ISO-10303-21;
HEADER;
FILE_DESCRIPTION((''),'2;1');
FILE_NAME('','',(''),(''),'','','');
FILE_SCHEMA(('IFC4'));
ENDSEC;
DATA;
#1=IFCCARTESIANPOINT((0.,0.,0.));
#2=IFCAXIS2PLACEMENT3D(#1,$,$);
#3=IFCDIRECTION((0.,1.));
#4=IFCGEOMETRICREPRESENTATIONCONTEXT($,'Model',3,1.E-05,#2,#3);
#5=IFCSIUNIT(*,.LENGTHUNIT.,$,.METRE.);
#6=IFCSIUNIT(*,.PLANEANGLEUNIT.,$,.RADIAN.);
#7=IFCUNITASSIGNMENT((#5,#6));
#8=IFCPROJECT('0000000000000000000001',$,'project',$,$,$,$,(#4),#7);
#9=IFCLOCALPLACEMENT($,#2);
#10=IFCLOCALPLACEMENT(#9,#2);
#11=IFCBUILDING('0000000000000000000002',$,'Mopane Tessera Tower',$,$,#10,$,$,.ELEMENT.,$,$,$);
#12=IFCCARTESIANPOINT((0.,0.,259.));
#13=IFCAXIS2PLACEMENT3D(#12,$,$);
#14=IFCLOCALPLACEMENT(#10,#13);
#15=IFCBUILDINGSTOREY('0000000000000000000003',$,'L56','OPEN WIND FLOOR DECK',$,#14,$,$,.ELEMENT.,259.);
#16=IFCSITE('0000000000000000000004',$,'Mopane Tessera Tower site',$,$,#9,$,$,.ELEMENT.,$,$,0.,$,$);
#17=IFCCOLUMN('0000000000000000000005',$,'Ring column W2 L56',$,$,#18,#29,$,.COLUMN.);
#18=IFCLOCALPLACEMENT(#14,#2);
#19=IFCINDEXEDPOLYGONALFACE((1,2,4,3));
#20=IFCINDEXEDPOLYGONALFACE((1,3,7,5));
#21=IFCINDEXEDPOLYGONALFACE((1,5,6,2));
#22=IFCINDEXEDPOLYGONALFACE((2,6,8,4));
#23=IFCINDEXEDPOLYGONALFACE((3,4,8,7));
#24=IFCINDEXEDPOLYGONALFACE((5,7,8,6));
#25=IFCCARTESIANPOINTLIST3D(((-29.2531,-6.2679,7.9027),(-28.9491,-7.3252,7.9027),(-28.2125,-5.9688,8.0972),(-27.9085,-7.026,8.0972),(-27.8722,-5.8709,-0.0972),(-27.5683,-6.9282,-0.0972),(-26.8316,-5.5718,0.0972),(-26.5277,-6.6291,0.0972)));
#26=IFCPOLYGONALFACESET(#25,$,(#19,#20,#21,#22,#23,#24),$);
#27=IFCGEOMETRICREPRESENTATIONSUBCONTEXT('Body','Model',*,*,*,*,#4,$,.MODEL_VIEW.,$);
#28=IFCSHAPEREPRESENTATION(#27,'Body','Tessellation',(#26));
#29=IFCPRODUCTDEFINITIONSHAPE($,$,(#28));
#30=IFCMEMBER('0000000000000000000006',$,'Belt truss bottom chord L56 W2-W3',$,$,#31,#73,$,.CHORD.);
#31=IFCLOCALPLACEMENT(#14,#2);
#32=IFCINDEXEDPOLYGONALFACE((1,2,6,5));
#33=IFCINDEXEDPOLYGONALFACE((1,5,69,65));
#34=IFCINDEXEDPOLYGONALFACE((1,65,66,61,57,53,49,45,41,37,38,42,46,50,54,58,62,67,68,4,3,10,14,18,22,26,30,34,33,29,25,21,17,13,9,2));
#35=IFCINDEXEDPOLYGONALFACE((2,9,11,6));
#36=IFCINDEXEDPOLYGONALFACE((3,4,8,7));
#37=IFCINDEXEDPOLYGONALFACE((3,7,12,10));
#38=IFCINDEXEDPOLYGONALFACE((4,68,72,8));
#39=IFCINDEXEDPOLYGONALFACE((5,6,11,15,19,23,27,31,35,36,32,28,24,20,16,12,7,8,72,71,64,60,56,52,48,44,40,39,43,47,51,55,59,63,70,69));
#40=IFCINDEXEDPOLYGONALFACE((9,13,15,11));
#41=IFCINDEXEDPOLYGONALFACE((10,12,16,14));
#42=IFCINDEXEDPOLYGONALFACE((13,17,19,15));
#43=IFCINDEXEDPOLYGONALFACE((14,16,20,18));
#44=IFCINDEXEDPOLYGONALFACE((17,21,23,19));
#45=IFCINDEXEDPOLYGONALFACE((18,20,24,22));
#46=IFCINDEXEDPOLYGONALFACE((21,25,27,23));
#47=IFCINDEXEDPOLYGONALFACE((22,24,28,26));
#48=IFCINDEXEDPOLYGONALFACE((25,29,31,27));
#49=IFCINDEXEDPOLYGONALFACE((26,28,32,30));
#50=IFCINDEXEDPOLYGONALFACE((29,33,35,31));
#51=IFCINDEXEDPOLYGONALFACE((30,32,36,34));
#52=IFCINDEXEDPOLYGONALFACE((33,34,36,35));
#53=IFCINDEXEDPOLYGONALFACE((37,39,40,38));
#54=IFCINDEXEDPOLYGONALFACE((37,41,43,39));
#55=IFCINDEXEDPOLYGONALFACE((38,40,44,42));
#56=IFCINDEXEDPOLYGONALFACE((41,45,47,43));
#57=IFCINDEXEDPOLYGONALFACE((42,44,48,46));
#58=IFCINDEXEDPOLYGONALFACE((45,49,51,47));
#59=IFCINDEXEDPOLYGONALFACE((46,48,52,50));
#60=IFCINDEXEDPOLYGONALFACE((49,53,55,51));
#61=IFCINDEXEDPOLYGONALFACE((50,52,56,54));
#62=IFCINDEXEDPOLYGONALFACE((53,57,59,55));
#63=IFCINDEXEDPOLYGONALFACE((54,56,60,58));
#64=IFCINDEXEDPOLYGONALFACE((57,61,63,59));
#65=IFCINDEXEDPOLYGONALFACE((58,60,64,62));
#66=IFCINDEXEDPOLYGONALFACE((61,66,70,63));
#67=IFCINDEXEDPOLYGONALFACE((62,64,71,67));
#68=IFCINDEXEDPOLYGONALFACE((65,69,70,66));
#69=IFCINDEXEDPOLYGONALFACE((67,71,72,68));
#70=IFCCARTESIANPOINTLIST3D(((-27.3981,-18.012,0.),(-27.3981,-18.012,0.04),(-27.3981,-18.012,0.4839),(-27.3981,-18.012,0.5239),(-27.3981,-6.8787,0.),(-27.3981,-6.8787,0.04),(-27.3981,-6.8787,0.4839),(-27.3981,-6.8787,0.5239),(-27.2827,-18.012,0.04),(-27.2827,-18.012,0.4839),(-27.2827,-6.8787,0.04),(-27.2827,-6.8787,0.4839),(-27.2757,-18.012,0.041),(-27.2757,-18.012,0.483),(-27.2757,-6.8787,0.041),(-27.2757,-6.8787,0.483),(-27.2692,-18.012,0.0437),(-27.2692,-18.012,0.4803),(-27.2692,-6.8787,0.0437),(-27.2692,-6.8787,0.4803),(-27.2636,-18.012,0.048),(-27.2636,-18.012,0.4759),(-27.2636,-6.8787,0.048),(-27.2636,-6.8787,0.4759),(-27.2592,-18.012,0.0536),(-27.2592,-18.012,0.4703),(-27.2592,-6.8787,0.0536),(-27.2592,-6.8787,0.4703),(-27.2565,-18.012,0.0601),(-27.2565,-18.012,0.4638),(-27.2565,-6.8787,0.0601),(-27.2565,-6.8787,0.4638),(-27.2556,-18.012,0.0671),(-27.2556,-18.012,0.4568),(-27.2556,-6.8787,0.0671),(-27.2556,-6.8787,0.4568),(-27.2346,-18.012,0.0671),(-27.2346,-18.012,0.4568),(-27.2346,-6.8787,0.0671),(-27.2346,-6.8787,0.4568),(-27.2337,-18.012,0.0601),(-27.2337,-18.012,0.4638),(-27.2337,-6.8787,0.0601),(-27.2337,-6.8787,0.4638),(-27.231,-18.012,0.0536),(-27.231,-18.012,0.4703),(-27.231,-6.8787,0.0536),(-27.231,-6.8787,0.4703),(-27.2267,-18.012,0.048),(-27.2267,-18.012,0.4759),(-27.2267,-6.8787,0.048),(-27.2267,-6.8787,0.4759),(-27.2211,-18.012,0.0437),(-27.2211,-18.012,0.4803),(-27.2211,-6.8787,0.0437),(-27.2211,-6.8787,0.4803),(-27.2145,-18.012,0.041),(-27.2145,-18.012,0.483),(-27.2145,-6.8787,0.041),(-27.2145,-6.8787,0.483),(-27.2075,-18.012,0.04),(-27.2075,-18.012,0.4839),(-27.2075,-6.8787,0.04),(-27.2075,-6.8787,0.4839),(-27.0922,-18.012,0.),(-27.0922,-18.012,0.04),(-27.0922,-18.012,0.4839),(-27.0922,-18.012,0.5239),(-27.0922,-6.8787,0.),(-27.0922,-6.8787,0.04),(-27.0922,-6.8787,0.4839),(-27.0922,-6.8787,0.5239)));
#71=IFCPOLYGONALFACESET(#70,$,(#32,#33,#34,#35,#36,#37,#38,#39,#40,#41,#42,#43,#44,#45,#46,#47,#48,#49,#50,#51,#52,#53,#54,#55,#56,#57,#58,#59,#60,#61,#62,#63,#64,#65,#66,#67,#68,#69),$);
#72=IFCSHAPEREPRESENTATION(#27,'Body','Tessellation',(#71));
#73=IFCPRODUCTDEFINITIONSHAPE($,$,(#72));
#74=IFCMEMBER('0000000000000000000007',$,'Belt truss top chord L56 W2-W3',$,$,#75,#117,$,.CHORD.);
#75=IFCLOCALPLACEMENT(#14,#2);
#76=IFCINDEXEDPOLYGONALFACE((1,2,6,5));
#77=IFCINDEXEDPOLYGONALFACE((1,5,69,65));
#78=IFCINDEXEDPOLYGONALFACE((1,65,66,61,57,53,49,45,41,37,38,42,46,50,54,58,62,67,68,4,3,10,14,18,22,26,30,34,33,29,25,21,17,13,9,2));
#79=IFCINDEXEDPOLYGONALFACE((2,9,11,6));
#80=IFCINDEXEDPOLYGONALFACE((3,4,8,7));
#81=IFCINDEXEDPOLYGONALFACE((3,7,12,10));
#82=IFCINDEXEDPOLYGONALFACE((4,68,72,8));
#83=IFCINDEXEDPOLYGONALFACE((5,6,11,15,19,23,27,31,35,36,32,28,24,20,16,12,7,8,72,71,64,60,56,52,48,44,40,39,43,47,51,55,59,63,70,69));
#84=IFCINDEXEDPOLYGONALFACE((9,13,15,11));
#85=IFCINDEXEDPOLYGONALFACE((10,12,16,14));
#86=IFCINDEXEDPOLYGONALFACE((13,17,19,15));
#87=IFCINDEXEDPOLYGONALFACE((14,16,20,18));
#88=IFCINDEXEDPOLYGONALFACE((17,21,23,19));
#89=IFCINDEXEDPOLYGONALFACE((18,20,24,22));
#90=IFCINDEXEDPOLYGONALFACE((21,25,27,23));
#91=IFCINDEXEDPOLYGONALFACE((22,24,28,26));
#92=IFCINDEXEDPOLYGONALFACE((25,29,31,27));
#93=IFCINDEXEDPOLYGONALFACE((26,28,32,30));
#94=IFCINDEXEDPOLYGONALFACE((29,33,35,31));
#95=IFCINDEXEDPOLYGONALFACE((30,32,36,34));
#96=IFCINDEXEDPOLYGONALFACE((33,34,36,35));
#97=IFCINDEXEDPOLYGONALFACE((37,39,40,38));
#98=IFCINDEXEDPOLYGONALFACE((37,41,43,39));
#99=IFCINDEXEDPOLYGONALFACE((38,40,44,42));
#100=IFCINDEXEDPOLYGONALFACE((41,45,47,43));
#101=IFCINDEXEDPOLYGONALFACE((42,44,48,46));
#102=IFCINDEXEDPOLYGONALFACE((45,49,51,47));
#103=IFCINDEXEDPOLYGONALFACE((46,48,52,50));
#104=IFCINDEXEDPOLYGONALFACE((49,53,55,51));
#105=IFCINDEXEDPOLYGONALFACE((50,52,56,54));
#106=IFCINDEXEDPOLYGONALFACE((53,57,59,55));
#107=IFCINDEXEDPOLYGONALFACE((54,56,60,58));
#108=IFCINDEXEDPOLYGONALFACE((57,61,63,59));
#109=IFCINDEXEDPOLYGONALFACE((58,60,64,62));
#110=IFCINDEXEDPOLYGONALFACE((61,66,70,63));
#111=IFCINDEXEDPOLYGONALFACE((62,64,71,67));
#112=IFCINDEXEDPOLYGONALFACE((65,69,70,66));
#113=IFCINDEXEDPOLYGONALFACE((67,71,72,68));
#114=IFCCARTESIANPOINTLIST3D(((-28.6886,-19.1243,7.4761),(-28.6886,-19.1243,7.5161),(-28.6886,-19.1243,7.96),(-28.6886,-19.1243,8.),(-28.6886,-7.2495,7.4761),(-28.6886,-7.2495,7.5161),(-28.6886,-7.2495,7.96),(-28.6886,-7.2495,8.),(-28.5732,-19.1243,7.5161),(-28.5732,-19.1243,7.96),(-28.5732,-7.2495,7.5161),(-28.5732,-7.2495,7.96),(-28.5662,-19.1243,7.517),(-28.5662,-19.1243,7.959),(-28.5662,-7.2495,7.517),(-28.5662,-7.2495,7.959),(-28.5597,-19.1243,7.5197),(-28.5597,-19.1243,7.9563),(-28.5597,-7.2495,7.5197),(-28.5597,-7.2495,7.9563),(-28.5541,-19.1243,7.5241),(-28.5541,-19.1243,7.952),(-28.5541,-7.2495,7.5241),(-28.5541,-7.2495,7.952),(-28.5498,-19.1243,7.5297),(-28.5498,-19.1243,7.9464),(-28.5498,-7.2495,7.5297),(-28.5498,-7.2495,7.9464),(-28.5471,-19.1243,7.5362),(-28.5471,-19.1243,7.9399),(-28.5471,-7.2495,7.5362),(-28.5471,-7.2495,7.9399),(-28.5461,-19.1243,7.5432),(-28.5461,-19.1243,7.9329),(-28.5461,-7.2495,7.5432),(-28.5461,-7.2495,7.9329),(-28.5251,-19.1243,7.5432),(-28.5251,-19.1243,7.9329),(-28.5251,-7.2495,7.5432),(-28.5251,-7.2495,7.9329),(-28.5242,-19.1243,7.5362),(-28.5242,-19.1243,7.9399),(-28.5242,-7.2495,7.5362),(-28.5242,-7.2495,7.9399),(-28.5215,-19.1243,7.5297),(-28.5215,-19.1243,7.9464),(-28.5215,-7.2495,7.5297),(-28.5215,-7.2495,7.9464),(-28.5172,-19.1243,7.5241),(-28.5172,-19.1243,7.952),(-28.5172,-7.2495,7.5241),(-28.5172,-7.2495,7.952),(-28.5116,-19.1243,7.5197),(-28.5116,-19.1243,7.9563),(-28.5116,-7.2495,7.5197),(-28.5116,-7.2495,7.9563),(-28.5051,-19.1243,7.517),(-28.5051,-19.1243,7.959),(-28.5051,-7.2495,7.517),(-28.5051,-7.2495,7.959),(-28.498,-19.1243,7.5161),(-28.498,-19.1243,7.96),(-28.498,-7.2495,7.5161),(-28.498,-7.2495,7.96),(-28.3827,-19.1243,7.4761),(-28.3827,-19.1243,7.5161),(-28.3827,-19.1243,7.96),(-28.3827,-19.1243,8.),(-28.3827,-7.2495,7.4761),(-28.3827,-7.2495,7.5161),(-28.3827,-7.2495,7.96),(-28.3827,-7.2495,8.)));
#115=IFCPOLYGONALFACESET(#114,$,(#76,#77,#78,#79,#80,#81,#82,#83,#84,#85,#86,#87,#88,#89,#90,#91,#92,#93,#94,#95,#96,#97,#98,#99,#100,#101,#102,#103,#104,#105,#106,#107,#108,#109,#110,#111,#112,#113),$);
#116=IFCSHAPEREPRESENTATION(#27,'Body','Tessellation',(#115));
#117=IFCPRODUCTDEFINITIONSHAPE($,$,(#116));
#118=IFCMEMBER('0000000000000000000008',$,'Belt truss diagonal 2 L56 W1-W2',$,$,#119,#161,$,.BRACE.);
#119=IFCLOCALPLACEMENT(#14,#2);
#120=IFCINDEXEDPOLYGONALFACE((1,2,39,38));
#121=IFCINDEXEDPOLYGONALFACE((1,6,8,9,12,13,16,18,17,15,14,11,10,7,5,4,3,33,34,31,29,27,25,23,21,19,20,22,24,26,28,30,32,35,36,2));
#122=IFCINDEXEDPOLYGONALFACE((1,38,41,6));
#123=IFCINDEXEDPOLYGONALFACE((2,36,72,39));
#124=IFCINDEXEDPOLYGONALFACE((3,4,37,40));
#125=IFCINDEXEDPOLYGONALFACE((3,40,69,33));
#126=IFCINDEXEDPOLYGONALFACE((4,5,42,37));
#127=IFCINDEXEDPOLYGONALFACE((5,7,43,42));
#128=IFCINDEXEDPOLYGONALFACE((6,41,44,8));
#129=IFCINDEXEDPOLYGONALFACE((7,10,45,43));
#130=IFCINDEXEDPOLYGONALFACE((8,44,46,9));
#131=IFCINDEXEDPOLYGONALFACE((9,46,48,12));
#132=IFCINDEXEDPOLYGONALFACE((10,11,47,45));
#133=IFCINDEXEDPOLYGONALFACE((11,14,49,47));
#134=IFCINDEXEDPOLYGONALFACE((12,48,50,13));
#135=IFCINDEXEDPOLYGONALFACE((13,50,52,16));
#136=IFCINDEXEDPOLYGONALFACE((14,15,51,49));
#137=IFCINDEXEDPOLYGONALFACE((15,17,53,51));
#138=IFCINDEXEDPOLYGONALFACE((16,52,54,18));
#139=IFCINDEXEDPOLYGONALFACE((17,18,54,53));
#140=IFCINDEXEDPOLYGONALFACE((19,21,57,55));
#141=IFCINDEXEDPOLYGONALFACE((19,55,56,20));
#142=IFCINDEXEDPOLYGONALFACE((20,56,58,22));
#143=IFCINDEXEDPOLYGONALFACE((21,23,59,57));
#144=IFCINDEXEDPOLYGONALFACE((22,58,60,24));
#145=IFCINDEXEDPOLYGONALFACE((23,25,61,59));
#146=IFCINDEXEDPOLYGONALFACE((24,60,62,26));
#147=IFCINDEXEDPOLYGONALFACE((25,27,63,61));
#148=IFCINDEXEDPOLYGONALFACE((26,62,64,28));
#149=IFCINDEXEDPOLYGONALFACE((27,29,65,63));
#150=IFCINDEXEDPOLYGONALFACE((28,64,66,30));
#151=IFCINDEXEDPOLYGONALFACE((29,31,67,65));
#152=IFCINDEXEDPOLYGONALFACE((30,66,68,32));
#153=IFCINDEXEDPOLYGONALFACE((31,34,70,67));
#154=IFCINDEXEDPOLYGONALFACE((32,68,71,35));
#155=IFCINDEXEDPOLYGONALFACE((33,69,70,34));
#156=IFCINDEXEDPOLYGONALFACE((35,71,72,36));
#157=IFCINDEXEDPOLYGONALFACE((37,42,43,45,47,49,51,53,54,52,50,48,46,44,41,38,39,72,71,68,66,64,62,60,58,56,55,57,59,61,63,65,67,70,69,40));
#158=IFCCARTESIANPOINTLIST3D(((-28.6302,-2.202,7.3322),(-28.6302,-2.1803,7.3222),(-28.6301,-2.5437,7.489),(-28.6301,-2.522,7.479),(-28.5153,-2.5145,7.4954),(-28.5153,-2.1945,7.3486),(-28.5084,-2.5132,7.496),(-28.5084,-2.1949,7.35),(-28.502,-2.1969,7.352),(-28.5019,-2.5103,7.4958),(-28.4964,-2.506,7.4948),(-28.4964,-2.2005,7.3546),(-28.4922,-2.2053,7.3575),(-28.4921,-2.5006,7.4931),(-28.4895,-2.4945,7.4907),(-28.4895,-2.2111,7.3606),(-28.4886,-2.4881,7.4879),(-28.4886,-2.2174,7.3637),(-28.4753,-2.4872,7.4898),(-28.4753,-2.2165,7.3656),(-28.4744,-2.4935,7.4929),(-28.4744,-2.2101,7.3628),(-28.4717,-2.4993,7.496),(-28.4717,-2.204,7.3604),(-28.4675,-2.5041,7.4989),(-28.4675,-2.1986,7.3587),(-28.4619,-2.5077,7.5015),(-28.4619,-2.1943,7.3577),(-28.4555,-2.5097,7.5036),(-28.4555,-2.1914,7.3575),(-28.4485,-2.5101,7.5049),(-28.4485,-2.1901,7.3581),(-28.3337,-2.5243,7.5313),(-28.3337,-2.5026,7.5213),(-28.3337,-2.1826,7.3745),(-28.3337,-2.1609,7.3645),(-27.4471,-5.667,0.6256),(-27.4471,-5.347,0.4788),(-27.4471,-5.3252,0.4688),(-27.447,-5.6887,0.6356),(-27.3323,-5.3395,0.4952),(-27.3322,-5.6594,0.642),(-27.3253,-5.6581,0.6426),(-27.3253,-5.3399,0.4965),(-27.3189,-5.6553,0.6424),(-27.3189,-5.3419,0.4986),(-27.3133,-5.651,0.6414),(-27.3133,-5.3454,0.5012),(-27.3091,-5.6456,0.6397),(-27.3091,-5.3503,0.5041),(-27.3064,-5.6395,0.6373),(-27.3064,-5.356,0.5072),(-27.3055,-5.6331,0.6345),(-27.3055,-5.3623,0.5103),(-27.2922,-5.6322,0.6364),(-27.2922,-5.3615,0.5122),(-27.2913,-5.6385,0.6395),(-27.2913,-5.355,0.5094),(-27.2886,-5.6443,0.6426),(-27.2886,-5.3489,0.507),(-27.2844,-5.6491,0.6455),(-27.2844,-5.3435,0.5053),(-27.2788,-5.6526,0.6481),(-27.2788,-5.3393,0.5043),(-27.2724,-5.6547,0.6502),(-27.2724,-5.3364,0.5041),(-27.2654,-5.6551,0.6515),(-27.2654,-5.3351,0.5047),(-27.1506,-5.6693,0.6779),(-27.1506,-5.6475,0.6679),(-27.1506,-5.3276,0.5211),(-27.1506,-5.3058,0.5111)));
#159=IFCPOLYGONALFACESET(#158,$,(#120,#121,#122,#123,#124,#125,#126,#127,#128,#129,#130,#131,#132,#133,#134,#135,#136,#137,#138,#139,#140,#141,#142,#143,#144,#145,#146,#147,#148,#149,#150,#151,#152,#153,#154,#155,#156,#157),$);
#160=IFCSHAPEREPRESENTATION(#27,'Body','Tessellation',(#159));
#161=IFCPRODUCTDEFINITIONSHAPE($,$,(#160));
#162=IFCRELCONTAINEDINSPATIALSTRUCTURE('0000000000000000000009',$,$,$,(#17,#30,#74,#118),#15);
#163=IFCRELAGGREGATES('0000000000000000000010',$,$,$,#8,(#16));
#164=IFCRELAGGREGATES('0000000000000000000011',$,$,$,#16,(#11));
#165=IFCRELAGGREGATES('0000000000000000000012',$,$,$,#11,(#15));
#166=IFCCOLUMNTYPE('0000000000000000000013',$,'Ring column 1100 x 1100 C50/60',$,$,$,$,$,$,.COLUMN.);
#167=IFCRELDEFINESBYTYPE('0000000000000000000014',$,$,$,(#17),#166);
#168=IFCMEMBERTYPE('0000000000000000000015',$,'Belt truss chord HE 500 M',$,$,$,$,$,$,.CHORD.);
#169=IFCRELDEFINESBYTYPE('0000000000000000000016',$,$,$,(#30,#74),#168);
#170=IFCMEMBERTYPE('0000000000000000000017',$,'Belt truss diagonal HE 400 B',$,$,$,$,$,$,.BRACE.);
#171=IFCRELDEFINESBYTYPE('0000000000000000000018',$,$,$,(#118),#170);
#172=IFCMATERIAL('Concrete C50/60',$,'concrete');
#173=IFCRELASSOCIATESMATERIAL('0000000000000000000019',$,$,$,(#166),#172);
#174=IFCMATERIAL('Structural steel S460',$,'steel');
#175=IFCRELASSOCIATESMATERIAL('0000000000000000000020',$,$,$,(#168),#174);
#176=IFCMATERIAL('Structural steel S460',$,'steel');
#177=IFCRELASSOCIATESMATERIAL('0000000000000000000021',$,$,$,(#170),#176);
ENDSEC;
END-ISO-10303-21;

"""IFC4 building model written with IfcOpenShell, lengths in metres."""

from ifc_helpers import new_model, si_unit, direction, frame, origin, origin_2d, place, context, subcontext, project, spatial, rectangle, i_section, extrude, material, material_profile, profile_set, type_object, element, save


model = new_model("IFC4")

# Units and contexts
model_context = context("Model", 3, precision=1e-05, world=origin(), true_north=direction((0.0, 1.0)))
body_context = subcontext(model_context, "Body", "Model", "MODEL_VIEW")
ifc_project = project(units=[si_unit("LENGTHUNIT", "METRE"), si_unit("PLANEANGLEUNIT", "RADIAN")], contexts=[model_context])

# Site, building, storey
site_placement = place(None, origin())
site = spatial("IfcSite", under=ifc_project, at=site_placement, Name="Mopane Tessera Tower site", CompositionType="ELEMENT", RefElevation=0.0)
building_placement = place(site_placement, origin())
building = spatial("IfcBuilding", under=site, at=building_placement, Name="Mopane Tessera Tower", CompositionType="ELEMENT")
storey_placement = place(building_placement, frame((0.0, 0.0, 259.0)))
storey = spatial("IfcBuildingStorey", under=building, at=storey_placement, Name="L56", Description="OPEN WIND FLOOR DECK", CompositionType="ELEMENT", Elevation=259.0)

# Column
ifc_material_1 = material(Name="Concrete C50/60", Category="concrete")
ifc_material_profile_1 = material_profile(ifc_material_1, rectangle(XDim=1.1001, YDim=1.1001, at=origin_2d()))
ifc_profile_set_1 = profile_set([ifc_material_profile_1], Name="Concrete C50/60")
column_type = type_object("IfcColumnType", Name="Ring column 1100 x 1100 C50/60", PredefinedType="COLUMN", material=ifc_profile_set_1)
column_placement = place(storey_placement, frame((-27.2, -6.25, 0.0), z_axis=(-0.169889, -0.04884, 0.984252), x_axis=(0.276292, -0.961074, 0.0)))
element("IfcColumn", 1, at=column_placement, inside=storey, type_object=column_type, Name="Ring column W2 L56", PredefinedType="COLUMN", context=body_context, shape_type="SweptSolid", body=[
    extrude(rectangle(XDim=1.1001, YDim=1.1001, at=origin_2d()), origin(), (0.0, 0.0, 1.0), 8.1279),
])

# Members
ifc_material_2 = material(Name="Structural steel S460", Category="steel")
ifc_material_profile_2 = material_profile(ifc_material_2, i_section(OverallWidth=0.3059, OverallDepth=0.5239, WebThickness=0.021, FlangeThickness=0.04, FilletRadius=0.0271, at=origin_2d()))
ifc_profile_set_2 = profile_set([ifc_material_profile_2], Name="Structural steel S460")
member_type_1 = type_object("IfcMemberType", Name="Belt truss chord HE 500 M", PredefinedType="CHORD", material=ifc_profile_set_2)
member_1_placement = place(storey_placement, frame((-27.2451, -6.8787, 0.262), z_axis=(0.0, -1.0, 0.0), x_axis=(1.0, 0.0, 0.0)))
element("IfcMember", 2, at=member_1_placement, inside=storey, type_object=member_type_1, Name="Belt truss bottom chord L56 W2-W3", PredefinedType="CHORD", context=body_context, shape_type="SweptSolid", body=[
    extrude(i_section(OverallWidth=0.3059, OverallDepth=0.5239, WebThickness=0.021, FlangeThickness=0.04, FilletRadius=0.0271, at=origin_2d()), origin(), (0.0, 0.0, 1.0), 11.1333),
])
member_2_placement = place(storey_placement, frame((-28.5356, -7.2495, 7.738), z_axis=(0.0, -1.0, 0.0), x_axis=(1.0, 0.0, 0.0)))
element("IfcMember", 3, at=member_2_placement, inside=storey, type_object=member_type_1, Name="Belt truss top chord L56 W2-W3", PredefinedType="CHORD", context=body_context, shape_type="SweptSolid", body=[
    extrude(i_section(OverallWidth=0.3059, OverallDepth=0.5239, WebThickness=0.021, FlangeThickness=0.04, FilletRadius=0.0271, at=origin_2d()), origin(), (0.0, 0.0, 1.0), 11.8748),
])
ifc_material_3 = material(Name="Structural steel S460", Category="steel")
ifc_material_profile_3 = material_profile(ifc_material_3, i_section(OverallWidth=0.3, OverallDepth=0.3999, WebThickness=0.0134, FlangeThickness=0.0239, FilletRadius=0.0271, at=origin_2d()))
ifc_profile_set_3 = profile_set([ifc_material_profile_3], Name="Structural steel S460")
member_type_2 = type_object("IfcMemberType", Name="Belt truss diagonal HE 400 B", PredefinedType="BRACE", material=ifc_profile_set_3)
member_3_placement = place(storey_placement, frame((-28.4819, -2.3523, 7.4268), z_axis=(0.155, -0.412033, -0.897888), x_axis=(0.987914, 0.064682, 0.140859)))
element("IfcMember", 4, at=member_3_placement, inside=storey, type_object=member_type_2, Name="Belt truss diagonal 2 L56 W1-W2", PredefinedType="BRACE", context=body_context, shape_type="SweptSolid", body=[
    extrude(i_section(OverallWidth=0.3, OverallDepth=0.3999, WebThickness=0.0134, FlangeThickness=0.0239, FilletRadius=0.0271, at=origin_2d()), origin(), (0.0, 0.0, 1.0), 7.6328),
])

save(model, "model.ifc")
